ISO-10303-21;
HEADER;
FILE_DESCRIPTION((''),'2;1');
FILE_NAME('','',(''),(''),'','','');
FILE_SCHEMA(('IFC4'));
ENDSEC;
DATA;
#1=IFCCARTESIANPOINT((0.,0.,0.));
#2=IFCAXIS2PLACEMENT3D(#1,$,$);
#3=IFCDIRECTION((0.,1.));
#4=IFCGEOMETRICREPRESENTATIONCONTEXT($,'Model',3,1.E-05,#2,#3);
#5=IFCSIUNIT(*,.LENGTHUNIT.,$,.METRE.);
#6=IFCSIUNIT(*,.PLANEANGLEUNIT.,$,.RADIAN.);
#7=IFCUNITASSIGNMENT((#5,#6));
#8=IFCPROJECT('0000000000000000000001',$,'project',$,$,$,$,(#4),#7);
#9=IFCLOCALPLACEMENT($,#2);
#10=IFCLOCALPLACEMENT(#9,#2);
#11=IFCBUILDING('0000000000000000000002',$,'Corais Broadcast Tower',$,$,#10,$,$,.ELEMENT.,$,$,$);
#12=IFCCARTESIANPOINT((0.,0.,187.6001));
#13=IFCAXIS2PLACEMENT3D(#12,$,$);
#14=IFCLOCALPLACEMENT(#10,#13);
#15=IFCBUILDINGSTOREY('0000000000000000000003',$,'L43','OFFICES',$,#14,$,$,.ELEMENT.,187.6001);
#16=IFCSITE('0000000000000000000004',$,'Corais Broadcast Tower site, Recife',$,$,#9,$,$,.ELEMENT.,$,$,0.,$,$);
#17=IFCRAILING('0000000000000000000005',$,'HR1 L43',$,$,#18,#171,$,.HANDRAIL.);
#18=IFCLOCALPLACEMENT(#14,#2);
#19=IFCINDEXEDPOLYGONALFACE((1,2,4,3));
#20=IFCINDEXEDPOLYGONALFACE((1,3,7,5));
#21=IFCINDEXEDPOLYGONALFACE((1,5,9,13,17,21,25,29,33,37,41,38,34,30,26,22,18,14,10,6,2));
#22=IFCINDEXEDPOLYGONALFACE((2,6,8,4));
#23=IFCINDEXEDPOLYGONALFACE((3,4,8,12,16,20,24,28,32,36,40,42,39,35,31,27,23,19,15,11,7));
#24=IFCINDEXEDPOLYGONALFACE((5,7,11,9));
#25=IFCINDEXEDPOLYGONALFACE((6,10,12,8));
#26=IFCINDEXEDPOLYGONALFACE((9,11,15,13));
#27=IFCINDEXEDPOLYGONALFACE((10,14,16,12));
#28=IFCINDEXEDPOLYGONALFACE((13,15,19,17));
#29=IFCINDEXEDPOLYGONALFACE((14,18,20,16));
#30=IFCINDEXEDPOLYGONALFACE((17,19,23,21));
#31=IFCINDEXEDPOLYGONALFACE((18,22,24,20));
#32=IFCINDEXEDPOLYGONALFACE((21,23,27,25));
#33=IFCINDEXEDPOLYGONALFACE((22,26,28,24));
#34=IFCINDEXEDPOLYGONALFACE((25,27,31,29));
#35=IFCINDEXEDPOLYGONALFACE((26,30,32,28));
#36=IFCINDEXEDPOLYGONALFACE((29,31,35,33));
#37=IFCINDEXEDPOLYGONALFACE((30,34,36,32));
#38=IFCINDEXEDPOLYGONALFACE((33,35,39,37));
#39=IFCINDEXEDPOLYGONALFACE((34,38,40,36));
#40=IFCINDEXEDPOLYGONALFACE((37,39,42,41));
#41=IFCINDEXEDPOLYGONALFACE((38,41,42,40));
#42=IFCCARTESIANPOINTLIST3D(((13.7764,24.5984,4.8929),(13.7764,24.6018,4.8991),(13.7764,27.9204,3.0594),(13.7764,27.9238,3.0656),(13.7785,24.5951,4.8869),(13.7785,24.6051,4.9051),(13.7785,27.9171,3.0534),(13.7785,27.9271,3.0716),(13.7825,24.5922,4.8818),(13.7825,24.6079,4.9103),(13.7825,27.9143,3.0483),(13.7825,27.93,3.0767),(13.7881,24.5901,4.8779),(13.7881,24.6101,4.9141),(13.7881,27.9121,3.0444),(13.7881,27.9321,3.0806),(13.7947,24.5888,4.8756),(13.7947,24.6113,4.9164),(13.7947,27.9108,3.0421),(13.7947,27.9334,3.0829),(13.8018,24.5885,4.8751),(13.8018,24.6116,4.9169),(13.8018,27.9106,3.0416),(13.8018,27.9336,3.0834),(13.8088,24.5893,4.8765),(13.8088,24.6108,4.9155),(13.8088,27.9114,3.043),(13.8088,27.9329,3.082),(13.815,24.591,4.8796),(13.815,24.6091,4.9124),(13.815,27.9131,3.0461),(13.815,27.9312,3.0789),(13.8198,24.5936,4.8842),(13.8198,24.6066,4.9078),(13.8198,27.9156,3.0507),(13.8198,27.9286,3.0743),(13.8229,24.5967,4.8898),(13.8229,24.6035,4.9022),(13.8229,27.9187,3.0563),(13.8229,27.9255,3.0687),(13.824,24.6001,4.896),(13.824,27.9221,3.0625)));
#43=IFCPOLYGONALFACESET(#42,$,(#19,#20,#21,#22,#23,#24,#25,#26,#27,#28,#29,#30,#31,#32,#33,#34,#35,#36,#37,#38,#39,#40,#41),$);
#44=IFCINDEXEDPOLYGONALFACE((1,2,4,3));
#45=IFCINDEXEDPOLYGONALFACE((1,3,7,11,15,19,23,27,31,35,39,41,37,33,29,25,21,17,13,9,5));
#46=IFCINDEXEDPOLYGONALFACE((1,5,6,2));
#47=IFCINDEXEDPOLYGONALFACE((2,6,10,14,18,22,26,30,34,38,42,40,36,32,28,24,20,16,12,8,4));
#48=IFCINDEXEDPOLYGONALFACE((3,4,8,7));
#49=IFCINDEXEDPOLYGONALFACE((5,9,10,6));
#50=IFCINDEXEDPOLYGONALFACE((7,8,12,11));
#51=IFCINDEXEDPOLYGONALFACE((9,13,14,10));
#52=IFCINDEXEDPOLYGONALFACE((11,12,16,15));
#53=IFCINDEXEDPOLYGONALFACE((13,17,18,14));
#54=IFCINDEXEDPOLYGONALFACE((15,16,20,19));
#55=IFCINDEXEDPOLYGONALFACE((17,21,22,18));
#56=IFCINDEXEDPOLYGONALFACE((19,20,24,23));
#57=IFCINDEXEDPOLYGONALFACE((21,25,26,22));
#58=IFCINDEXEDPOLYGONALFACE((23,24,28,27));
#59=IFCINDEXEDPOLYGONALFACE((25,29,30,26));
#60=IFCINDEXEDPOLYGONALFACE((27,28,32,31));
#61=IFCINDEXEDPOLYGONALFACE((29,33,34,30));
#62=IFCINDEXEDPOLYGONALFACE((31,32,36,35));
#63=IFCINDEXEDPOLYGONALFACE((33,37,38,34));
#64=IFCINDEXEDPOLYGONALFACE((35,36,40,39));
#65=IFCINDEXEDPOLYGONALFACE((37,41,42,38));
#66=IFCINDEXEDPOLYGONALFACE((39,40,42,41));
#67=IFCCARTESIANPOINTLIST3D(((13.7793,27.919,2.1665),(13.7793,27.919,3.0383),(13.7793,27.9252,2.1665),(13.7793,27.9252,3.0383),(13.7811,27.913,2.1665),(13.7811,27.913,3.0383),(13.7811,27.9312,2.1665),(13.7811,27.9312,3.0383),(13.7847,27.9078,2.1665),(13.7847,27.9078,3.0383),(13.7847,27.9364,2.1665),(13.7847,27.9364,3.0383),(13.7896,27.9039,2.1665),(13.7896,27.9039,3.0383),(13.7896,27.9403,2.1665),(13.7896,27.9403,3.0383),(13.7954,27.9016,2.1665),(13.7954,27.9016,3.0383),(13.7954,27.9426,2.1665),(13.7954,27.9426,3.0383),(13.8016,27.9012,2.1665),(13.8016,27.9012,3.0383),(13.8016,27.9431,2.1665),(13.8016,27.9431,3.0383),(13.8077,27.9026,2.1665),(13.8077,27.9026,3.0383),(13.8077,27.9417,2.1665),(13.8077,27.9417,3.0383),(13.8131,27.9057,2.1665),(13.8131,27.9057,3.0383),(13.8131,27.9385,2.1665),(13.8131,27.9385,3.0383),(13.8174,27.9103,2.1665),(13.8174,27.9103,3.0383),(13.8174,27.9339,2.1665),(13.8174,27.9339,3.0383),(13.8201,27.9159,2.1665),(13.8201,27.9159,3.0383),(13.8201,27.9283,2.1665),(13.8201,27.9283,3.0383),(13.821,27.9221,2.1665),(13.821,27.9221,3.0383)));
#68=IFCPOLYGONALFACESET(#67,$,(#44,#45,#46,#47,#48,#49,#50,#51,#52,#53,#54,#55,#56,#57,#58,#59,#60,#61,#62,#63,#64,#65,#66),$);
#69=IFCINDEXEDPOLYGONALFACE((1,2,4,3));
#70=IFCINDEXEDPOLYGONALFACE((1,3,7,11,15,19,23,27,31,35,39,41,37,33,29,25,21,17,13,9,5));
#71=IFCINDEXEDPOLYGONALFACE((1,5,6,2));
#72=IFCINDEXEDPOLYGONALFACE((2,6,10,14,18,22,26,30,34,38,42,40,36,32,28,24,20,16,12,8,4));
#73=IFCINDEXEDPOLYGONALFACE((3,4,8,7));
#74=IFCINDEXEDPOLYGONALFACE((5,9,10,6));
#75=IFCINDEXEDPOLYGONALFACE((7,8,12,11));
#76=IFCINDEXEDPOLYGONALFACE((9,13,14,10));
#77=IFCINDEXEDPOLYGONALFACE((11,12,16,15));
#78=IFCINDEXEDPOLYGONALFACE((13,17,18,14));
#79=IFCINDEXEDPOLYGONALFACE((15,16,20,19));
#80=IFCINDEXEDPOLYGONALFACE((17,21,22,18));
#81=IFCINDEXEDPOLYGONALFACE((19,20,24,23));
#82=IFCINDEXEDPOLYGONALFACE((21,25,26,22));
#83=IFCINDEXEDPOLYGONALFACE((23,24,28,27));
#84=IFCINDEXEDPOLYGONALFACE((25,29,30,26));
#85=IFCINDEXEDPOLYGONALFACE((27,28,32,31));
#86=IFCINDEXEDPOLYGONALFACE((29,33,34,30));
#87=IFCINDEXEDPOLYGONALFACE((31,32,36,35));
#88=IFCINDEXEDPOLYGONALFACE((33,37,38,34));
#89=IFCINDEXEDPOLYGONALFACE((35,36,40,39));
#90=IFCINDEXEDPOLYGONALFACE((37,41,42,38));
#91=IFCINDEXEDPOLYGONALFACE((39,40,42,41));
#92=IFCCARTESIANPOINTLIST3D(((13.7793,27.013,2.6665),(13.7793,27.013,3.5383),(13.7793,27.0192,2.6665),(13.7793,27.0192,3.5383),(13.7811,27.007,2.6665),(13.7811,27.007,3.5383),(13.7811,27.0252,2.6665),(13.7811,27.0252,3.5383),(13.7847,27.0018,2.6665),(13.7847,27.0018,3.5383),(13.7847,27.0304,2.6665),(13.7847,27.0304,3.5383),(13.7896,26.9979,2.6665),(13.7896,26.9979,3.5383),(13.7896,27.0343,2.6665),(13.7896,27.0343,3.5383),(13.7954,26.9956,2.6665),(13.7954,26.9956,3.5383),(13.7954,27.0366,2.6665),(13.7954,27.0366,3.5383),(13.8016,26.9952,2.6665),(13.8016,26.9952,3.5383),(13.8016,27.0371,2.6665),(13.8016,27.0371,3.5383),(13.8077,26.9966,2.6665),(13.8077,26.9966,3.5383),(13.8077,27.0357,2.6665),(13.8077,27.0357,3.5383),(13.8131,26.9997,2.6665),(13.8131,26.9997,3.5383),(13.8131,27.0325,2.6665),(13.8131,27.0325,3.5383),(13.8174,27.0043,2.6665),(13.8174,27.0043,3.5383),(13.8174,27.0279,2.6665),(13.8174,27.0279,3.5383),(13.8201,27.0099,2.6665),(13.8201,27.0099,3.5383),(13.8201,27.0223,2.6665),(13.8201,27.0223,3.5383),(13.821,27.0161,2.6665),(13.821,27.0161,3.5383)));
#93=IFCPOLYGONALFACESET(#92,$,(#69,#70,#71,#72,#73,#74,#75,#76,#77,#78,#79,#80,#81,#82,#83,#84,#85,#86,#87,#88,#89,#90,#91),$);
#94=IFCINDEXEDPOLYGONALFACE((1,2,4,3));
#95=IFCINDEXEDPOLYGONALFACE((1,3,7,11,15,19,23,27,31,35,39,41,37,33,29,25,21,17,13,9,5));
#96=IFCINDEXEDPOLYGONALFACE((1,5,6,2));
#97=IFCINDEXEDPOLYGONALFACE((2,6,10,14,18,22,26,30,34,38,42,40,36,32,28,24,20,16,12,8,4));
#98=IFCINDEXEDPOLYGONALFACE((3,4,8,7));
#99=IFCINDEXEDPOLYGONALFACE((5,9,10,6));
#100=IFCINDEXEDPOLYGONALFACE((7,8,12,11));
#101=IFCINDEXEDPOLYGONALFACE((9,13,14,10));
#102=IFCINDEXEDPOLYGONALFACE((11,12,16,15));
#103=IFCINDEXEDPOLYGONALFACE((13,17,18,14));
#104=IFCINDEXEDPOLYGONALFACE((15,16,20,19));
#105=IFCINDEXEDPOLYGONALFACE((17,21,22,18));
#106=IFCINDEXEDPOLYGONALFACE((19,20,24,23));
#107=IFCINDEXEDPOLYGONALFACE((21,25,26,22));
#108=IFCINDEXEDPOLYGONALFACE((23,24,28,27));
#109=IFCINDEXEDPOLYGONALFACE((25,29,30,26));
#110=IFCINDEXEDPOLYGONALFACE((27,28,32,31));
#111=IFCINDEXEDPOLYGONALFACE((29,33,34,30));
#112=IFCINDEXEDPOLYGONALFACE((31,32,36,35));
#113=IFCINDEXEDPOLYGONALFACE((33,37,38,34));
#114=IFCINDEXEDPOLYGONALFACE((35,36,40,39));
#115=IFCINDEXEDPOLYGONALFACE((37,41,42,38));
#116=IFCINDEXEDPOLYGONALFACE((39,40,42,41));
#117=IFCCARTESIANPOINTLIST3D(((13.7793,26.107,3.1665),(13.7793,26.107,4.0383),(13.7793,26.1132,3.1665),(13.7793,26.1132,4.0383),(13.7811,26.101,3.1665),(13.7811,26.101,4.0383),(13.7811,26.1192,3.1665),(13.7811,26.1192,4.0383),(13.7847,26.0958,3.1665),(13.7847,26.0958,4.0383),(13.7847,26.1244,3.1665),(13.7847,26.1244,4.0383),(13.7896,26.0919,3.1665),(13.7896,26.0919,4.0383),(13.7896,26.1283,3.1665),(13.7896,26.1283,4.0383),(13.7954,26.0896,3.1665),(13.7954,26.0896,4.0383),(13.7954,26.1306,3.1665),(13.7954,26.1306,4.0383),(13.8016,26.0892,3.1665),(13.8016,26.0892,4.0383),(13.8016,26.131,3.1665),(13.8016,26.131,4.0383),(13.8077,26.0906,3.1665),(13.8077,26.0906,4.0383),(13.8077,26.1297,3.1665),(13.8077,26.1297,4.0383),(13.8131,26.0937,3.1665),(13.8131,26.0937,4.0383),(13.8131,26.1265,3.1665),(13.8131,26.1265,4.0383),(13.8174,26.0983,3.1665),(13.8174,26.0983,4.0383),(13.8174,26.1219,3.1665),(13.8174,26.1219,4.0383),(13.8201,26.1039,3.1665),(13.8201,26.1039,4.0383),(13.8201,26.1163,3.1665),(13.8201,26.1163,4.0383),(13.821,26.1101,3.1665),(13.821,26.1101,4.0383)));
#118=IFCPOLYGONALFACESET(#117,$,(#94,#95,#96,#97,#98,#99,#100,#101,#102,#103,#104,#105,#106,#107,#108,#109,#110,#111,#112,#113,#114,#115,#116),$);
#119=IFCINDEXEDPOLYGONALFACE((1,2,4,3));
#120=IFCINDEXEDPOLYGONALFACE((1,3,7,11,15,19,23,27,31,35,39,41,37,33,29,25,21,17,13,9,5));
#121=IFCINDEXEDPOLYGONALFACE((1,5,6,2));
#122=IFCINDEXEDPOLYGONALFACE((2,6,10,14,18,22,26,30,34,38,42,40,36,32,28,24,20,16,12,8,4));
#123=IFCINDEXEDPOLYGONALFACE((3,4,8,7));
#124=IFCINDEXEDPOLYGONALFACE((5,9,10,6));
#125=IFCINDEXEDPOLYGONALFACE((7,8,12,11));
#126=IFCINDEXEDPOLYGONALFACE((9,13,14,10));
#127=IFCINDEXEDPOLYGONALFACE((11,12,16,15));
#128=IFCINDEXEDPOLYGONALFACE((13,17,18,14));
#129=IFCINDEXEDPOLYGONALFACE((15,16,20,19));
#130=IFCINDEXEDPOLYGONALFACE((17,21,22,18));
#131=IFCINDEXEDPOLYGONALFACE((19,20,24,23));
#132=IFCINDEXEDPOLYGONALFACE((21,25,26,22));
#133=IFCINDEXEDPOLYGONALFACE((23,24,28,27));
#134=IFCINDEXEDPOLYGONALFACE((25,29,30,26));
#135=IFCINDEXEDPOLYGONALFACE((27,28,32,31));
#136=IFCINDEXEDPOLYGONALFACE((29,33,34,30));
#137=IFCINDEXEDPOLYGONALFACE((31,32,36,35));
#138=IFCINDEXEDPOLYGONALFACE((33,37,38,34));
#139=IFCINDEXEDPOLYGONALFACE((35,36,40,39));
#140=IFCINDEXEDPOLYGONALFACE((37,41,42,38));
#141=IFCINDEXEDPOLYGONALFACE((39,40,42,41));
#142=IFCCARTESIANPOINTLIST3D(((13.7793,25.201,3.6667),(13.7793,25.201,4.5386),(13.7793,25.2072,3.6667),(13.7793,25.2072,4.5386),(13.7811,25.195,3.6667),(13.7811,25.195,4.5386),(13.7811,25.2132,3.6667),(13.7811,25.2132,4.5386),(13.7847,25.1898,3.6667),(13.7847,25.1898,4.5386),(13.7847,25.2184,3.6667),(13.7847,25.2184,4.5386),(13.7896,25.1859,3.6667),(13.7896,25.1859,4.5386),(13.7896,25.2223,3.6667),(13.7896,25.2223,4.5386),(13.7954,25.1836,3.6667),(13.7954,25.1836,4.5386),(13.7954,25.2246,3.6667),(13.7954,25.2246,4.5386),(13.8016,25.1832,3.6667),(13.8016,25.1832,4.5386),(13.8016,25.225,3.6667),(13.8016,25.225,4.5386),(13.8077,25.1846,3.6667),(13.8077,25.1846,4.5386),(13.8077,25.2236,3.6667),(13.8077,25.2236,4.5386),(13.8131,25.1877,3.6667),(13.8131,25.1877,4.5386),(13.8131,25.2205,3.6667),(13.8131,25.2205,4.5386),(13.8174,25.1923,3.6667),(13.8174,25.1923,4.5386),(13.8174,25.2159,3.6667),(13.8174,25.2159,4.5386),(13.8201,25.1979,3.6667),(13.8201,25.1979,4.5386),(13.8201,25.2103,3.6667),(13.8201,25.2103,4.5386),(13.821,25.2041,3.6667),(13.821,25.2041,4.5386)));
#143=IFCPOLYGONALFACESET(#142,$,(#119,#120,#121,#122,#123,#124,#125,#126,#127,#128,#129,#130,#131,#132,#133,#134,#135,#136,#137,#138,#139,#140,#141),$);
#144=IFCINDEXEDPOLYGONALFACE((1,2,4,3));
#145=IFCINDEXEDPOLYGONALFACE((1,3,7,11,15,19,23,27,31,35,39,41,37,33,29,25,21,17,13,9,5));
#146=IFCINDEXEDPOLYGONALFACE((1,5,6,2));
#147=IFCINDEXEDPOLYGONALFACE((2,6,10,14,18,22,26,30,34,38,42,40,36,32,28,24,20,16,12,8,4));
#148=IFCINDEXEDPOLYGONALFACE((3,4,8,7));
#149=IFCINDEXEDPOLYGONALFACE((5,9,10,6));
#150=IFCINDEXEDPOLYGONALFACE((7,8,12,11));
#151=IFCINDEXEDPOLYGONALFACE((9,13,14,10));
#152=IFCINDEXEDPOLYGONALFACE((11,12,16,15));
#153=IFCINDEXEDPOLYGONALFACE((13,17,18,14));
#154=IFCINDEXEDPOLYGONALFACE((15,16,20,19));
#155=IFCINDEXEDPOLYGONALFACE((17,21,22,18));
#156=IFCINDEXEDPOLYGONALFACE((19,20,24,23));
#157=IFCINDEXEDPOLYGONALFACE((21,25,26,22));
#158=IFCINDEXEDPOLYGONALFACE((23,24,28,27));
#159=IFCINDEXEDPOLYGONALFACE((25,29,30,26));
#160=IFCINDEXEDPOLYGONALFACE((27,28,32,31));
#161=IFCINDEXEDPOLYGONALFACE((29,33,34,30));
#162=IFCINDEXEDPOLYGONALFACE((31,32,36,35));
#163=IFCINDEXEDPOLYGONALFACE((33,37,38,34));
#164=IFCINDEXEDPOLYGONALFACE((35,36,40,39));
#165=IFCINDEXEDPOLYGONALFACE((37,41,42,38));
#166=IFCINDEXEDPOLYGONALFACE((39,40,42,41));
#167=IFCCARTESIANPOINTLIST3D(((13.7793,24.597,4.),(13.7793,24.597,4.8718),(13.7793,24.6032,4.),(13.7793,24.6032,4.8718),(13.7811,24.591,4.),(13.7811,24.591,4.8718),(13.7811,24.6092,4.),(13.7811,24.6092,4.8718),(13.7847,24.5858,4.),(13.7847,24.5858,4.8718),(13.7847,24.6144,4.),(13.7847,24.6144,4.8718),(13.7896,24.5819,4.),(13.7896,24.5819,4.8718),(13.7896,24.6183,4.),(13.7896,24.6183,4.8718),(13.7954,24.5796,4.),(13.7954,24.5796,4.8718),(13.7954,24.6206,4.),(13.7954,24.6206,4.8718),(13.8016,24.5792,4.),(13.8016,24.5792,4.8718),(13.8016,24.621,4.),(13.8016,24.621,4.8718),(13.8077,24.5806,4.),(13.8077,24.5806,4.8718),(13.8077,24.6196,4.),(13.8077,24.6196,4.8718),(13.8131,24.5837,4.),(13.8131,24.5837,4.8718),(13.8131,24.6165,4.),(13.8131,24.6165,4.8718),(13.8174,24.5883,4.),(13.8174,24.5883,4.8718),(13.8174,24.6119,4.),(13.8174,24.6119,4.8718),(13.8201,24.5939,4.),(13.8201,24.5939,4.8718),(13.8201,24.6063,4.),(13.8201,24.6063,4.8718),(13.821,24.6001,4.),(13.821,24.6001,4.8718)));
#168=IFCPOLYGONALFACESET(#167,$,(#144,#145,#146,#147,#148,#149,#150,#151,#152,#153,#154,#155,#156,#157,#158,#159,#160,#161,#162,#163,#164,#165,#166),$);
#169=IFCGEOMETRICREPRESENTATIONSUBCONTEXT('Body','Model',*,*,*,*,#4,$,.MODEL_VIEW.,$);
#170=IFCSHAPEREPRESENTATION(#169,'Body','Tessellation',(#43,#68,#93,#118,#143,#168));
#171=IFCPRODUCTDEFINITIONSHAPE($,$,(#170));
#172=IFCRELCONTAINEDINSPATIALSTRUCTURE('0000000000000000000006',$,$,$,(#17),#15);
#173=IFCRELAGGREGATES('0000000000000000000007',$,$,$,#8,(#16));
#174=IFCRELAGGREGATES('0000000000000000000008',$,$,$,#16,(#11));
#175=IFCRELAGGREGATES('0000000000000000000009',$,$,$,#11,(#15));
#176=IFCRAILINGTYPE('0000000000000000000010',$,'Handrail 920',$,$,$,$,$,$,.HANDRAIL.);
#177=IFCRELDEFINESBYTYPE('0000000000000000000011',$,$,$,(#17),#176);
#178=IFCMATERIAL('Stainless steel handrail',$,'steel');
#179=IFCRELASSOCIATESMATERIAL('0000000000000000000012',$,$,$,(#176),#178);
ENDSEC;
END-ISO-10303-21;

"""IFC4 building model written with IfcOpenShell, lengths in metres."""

from ifc_helpers import new_model, si_unit, direction, frame, origin, origin_2d, place, context, subcontext, project, spatial, circle, extrude, material, type_object, element, save


model = new_model("IFC4")

# Units and contexts
model_context = context("Model", 3, precision=1e-05, world=origin(), true_north=direction((0.0, 1.0)))
body_context = subcontext(model_context, "Body", "Model", "MODEL_VIEW")
ifc_project = project(units=[si_unit("LENGTHUNIT", "METRE"), si_unit("PLANEANGLEUNIT", "RADIAN")], contexts=[model_context])

# Site, building, storey
site_placement = place(None, origin())
site = spatial("IfcSite", under=ifc_project, at=site_placement, Name="Corais Broadcast Tower site, Recife", CompositionType="ELEMENT", RefElevation=0.0)
building_placement = place(site_placement, origin())
building = spatial("IfcBuilding", under=site, at=building_placement, Name="Corais Broadcast Tower", CompositionType="ELEMENT")
storey_placement = place(building_placement, frame((0.0, 0.0, 187.6001)))
storey = spatial("IfcBuildingStorey", under=building, at=storey_placement, Name="L43", Description="OFFICES", CompositionType="ELEMENT", Elevation=187.6001)

# Railing
ifc_material_1 = material(Name="Stainless steel handrail", Category="steel")
railing_type = type_object("IfcRailingType", Name="Handrail 920", PredefinedType="HANDRAIL", material=ifc_material_1)
railing_placement = place(storey_placement, frame((13.8, 27.9221, 2.1665)))
element("IfcRailing", 1, at=railing_placement, inside=storey, type_object=railing_type, Name="HR1 L43", PredefinedType="HANDRAIL", context=body_context, shape_type="SweptSolid", body=[
    extrude(circle(Radius=0.0239, at=origin_2d()), frame((0.0, 0.0, 0.896), z_axis=(0.0, -0.875504, 0.48321), x_axis=(1.0, 0.0, 0.0)), (0.0, 0.0, 1.0), 3.7944),
    extrude(circle(Radius=0.021, at=origin_2d()), origin(), (0.0, 0.0, 1.0), 0.8718),
    extrude(circle(Radius=0.021, at=origin_2d()), frame((0.0, -0.906, 0.5)), (0.0, 0.0, 1.0), 0.8718),
    extrude(circle(Radius=0.021, at=origin_2d()), frame((0.0, -1.812, 1.0)), (0.0, 0.0, 1.0), 0.8718),
    extrude(circle(Radius=0.021, at=origin_2d()), frame((0.0, -2.718, 1.5002)), (0.0, 0.0, 1.0), 0.8718),
    extrude(circle(Radius=0.021, at=origin_2d()), frame((0.0, -3.322, 1.8335)), (0.0, 0.0, 1.0), 0.8718),
])

save(model, "model.ifc")
